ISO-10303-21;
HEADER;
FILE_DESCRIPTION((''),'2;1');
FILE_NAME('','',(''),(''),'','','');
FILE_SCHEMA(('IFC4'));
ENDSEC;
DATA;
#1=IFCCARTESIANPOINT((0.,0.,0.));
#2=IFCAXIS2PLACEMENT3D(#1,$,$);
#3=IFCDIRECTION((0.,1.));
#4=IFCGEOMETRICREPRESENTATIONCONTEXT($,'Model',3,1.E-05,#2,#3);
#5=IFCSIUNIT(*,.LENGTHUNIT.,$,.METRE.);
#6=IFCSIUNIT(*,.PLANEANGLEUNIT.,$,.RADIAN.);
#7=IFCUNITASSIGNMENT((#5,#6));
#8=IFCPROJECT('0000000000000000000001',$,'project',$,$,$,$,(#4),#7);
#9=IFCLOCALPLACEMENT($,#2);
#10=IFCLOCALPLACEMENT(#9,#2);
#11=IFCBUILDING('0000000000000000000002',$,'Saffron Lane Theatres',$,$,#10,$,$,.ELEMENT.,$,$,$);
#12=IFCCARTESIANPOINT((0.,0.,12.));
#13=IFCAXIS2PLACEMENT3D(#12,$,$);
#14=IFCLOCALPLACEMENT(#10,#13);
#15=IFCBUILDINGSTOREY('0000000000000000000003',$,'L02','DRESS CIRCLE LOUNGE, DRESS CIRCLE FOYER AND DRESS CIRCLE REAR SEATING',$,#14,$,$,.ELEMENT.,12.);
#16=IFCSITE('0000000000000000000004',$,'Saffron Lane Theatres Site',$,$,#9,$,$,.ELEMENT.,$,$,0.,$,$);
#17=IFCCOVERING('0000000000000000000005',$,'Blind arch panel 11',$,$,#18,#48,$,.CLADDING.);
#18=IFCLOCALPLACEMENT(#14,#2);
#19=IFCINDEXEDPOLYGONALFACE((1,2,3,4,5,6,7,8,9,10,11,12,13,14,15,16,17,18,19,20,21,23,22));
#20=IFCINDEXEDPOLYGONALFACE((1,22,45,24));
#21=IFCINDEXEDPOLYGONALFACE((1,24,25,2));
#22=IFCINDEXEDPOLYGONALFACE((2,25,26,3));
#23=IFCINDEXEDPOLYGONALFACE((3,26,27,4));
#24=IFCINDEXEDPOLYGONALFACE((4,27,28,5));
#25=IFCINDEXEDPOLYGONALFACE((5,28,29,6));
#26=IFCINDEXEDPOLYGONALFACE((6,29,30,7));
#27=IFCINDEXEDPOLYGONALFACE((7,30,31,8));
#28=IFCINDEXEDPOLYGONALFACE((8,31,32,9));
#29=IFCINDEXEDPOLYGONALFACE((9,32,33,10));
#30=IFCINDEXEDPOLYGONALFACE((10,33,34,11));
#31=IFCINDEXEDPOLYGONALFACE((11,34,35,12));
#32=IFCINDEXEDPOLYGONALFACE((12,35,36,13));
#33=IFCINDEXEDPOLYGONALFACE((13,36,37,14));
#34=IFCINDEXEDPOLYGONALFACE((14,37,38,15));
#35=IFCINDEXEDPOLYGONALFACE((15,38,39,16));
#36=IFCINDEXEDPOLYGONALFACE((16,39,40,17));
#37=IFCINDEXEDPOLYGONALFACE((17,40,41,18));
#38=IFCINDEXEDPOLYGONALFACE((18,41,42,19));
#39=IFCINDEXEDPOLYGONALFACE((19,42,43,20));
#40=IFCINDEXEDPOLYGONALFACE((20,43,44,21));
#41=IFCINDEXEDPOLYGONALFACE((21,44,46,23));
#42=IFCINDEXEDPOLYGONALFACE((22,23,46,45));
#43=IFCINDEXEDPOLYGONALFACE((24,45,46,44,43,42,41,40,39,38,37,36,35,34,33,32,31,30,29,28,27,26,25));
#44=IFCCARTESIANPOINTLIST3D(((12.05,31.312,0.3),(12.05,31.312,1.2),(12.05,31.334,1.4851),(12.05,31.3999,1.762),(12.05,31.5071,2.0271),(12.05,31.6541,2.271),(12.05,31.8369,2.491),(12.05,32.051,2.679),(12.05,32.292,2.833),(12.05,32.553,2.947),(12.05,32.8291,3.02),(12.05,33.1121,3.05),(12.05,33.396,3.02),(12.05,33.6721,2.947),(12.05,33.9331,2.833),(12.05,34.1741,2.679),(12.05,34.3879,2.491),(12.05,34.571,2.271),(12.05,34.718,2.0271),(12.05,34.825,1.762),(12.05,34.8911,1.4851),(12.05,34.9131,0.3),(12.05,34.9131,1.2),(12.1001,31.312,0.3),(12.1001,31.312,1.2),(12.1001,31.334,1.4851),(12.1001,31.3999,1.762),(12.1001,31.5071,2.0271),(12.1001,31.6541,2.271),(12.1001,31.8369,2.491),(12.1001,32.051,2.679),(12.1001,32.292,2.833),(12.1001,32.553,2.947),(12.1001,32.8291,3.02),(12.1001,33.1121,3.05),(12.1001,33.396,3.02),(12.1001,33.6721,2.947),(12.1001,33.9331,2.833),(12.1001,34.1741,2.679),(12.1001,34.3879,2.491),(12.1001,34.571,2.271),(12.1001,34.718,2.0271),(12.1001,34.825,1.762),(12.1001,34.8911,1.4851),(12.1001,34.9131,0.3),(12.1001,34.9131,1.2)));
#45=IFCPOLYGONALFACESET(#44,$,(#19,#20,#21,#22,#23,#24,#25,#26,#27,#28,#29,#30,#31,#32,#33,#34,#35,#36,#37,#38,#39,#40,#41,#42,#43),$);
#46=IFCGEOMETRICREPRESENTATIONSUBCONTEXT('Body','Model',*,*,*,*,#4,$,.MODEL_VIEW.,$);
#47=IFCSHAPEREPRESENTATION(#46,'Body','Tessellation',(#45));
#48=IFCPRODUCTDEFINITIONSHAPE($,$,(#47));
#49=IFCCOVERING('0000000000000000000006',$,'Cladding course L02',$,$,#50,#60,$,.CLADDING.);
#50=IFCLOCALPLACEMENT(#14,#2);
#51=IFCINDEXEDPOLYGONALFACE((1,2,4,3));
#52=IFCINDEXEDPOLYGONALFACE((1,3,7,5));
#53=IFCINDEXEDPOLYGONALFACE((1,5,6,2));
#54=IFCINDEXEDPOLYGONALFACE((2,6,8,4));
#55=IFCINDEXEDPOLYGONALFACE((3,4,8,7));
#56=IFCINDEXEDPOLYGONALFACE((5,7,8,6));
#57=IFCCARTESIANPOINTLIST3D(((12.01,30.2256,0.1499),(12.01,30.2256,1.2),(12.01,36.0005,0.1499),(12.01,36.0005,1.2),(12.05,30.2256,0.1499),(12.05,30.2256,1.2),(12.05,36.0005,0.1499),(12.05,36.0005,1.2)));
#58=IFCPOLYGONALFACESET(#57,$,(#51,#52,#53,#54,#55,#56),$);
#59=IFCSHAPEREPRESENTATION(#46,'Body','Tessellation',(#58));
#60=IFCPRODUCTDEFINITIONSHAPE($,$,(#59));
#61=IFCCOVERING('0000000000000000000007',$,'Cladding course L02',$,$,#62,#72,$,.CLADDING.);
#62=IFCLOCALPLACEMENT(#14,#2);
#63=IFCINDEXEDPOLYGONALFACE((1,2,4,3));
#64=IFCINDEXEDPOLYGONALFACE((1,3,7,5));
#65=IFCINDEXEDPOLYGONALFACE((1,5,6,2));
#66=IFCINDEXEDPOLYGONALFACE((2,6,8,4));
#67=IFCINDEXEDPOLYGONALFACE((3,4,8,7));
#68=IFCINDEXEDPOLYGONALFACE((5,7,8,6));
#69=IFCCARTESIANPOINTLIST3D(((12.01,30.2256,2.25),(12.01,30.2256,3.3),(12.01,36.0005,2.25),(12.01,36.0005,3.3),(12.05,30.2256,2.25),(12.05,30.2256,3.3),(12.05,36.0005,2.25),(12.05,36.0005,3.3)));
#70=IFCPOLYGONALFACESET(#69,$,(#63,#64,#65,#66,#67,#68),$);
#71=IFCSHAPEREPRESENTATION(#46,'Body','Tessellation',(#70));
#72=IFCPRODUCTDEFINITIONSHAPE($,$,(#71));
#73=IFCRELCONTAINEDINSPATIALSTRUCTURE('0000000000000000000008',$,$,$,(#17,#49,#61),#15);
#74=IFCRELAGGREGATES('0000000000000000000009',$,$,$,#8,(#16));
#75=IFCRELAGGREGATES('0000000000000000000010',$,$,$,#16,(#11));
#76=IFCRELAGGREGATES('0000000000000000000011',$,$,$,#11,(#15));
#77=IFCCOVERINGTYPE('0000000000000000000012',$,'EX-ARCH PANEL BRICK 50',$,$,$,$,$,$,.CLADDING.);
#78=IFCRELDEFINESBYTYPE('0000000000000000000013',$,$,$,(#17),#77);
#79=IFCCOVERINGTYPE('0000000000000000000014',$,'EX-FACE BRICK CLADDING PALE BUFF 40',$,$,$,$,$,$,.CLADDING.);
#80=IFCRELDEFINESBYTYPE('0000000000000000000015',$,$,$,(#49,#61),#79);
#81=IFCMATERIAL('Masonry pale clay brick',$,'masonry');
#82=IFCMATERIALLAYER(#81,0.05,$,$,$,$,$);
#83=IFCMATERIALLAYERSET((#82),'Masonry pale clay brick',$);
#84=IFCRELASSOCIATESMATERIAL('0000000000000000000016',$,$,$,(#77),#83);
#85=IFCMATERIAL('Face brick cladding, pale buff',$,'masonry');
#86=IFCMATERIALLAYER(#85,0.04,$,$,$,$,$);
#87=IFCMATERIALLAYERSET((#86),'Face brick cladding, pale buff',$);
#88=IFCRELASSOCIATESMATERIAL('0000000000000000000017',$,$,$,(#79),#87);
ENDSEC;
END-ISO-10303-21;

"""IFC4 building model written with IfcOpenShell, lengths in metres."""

from ifc_helpers import new_model, si_unit, direction, frame, origin, origin_2d, place, context, subcontext, project, spatial, polyline, rectangle, outline, extrude, material, layer, layer_set, type_object, element, save


model = new_model("IFC4")

# Units and contexts
model_context = context("Model", 3, precision=1e-05, world=origin(), true_north=direction((0.0, 1.0)))
body_context = subcontext(model_context, "Body", "Model", "MODEL_VIEW")
ifc_project = project(units=[si_unit("LENGTHUNIT", "METRE"), si_unit("PLANEANGLEUNIT", "RADIAN")], contexts=[model_context])

# Site, building, storey
site_placement = place(None, origin())
site = spatial("IfcSite", under=ifc_project, at=site_placement, Name="Saffron Lane Theatres Site", CompositionType="ELEMENT", RefElevation=0.0)
building_placement = place(site_placement, origin())
building = spatial("IfcBuilding", under=site, at=building_placement, Name="Saffron Lane Theatres", CompositionType="ELEMENT")
storey_placement = place(building_placement, frame((0.0, 0.0, 12.0)))
storey = spatial("IfcBuildingStorey", under=building, at=storey_placement, Name="L02", Description="DRESS CIRCLE LOUNGE, DRESS CIRCLE FOYER AND DRESS CIRCLE REAR SEATING", CompositionType="ELEMENT", Elevation=12.0)

# Shared definitions
ifc_material_1 = material(Name="Masonry pale clay brick", Category="masonry")

# Coverings
ifc_layer_1 = layer(ifc_material_1, 0.05)
ifc_layer_set_1 = layer_set([ifc_layer_1], Name="Masonry pale clay brick")
covering_type_1 = type_object("IfcCoveringType", Name="EX-ARCH PANEL BRICK 50", PredefinedType="CLADDING", material=ifc_layer_set_1)
covering_placement = place(storey_placement, frame((12.1001, 31.312, 1.2), z_axis=(1.0, 0.0, 0.0), x_axis=(0.0, 0.0, -1.0)))
element("IfcCovering", 1, at=covering_placement, inside=storey, type_object=covering_type_1, Name="Blind arch panel 11", PredefinedType="CLADDING", context=body_context, shape_type="SweptSolid", body=[
    extrude(outline(polyline([(0.0, 0.0), (0.8999, 0.0), (0.8999, 3.6011), (0.0, 3.6011), (-0.2852, 3.5791), (-0.562, 3.5129), (-0.8271, 3.406), (-1.071, 3.259), (-1.291, 3.0759), (-1.479, 2.8621), (-1.6331, 2.6211), (-1.7471, 2.3601), (-1.8201, 2.084), (-1.8501, 1.8), (-1.8201, 1.5171), (-1.7471, 1.241), (-1.6331, 0.98), (-1.479, 0.739), (-1.291, 0.5249), (-1.071, 0.342), (-0.8271, 0.1951), (-0.562, 0.0879), (-0.2852, 0.022), (0.0, 0.0)])), origin(), (0.0, 0.0, -1.0), 0.05),
])
ifc_material_2 = material(Name="Face brick cladding, pale buff", Category="masonry")
ifc_layer_2 = layer(ifc_material_2, 0.04)
ifc_layer_set_2 = layer_set([ifc_layer_2], Name="Face brick cladding, pale buff")
covering_type_2 = type_object("IfcCoveringType", Name="EX-FACE BRICK CLADDING PALE BUFF 40", PredefinedType="CLADDING", material=ifc_layer_set_2)
for number, where, z_axis, x_axis, name in (
    (2, (12.03, 33.113, 0.1499), (0.0, 0.0, 1.0), (0.0, 1.0, 0.0), "Cladding course L02"),
    (3, (12.03, 33.113, 2.25), (0.0, 0.0, 1.0), (0.0, 1.0, 0.0), "Cladding course L02"),
):
    element("IfcCovering", number, at=place(storey_placement, frame(where, z_axis=z_axis, x_axis=x_axis)), inside=storey, type_object=covering_type_2, Name=name, PredefinedType="CLADDING", context=body_context, shape_type="SweptSolid", body=[
        extrude(rectangle(XDim=5.7749, YDim=0.04, at=origin_2d()), origin(), (0.0, 0.0, 1.0), 1.05),
    ])

save(model, "model.ifc")
